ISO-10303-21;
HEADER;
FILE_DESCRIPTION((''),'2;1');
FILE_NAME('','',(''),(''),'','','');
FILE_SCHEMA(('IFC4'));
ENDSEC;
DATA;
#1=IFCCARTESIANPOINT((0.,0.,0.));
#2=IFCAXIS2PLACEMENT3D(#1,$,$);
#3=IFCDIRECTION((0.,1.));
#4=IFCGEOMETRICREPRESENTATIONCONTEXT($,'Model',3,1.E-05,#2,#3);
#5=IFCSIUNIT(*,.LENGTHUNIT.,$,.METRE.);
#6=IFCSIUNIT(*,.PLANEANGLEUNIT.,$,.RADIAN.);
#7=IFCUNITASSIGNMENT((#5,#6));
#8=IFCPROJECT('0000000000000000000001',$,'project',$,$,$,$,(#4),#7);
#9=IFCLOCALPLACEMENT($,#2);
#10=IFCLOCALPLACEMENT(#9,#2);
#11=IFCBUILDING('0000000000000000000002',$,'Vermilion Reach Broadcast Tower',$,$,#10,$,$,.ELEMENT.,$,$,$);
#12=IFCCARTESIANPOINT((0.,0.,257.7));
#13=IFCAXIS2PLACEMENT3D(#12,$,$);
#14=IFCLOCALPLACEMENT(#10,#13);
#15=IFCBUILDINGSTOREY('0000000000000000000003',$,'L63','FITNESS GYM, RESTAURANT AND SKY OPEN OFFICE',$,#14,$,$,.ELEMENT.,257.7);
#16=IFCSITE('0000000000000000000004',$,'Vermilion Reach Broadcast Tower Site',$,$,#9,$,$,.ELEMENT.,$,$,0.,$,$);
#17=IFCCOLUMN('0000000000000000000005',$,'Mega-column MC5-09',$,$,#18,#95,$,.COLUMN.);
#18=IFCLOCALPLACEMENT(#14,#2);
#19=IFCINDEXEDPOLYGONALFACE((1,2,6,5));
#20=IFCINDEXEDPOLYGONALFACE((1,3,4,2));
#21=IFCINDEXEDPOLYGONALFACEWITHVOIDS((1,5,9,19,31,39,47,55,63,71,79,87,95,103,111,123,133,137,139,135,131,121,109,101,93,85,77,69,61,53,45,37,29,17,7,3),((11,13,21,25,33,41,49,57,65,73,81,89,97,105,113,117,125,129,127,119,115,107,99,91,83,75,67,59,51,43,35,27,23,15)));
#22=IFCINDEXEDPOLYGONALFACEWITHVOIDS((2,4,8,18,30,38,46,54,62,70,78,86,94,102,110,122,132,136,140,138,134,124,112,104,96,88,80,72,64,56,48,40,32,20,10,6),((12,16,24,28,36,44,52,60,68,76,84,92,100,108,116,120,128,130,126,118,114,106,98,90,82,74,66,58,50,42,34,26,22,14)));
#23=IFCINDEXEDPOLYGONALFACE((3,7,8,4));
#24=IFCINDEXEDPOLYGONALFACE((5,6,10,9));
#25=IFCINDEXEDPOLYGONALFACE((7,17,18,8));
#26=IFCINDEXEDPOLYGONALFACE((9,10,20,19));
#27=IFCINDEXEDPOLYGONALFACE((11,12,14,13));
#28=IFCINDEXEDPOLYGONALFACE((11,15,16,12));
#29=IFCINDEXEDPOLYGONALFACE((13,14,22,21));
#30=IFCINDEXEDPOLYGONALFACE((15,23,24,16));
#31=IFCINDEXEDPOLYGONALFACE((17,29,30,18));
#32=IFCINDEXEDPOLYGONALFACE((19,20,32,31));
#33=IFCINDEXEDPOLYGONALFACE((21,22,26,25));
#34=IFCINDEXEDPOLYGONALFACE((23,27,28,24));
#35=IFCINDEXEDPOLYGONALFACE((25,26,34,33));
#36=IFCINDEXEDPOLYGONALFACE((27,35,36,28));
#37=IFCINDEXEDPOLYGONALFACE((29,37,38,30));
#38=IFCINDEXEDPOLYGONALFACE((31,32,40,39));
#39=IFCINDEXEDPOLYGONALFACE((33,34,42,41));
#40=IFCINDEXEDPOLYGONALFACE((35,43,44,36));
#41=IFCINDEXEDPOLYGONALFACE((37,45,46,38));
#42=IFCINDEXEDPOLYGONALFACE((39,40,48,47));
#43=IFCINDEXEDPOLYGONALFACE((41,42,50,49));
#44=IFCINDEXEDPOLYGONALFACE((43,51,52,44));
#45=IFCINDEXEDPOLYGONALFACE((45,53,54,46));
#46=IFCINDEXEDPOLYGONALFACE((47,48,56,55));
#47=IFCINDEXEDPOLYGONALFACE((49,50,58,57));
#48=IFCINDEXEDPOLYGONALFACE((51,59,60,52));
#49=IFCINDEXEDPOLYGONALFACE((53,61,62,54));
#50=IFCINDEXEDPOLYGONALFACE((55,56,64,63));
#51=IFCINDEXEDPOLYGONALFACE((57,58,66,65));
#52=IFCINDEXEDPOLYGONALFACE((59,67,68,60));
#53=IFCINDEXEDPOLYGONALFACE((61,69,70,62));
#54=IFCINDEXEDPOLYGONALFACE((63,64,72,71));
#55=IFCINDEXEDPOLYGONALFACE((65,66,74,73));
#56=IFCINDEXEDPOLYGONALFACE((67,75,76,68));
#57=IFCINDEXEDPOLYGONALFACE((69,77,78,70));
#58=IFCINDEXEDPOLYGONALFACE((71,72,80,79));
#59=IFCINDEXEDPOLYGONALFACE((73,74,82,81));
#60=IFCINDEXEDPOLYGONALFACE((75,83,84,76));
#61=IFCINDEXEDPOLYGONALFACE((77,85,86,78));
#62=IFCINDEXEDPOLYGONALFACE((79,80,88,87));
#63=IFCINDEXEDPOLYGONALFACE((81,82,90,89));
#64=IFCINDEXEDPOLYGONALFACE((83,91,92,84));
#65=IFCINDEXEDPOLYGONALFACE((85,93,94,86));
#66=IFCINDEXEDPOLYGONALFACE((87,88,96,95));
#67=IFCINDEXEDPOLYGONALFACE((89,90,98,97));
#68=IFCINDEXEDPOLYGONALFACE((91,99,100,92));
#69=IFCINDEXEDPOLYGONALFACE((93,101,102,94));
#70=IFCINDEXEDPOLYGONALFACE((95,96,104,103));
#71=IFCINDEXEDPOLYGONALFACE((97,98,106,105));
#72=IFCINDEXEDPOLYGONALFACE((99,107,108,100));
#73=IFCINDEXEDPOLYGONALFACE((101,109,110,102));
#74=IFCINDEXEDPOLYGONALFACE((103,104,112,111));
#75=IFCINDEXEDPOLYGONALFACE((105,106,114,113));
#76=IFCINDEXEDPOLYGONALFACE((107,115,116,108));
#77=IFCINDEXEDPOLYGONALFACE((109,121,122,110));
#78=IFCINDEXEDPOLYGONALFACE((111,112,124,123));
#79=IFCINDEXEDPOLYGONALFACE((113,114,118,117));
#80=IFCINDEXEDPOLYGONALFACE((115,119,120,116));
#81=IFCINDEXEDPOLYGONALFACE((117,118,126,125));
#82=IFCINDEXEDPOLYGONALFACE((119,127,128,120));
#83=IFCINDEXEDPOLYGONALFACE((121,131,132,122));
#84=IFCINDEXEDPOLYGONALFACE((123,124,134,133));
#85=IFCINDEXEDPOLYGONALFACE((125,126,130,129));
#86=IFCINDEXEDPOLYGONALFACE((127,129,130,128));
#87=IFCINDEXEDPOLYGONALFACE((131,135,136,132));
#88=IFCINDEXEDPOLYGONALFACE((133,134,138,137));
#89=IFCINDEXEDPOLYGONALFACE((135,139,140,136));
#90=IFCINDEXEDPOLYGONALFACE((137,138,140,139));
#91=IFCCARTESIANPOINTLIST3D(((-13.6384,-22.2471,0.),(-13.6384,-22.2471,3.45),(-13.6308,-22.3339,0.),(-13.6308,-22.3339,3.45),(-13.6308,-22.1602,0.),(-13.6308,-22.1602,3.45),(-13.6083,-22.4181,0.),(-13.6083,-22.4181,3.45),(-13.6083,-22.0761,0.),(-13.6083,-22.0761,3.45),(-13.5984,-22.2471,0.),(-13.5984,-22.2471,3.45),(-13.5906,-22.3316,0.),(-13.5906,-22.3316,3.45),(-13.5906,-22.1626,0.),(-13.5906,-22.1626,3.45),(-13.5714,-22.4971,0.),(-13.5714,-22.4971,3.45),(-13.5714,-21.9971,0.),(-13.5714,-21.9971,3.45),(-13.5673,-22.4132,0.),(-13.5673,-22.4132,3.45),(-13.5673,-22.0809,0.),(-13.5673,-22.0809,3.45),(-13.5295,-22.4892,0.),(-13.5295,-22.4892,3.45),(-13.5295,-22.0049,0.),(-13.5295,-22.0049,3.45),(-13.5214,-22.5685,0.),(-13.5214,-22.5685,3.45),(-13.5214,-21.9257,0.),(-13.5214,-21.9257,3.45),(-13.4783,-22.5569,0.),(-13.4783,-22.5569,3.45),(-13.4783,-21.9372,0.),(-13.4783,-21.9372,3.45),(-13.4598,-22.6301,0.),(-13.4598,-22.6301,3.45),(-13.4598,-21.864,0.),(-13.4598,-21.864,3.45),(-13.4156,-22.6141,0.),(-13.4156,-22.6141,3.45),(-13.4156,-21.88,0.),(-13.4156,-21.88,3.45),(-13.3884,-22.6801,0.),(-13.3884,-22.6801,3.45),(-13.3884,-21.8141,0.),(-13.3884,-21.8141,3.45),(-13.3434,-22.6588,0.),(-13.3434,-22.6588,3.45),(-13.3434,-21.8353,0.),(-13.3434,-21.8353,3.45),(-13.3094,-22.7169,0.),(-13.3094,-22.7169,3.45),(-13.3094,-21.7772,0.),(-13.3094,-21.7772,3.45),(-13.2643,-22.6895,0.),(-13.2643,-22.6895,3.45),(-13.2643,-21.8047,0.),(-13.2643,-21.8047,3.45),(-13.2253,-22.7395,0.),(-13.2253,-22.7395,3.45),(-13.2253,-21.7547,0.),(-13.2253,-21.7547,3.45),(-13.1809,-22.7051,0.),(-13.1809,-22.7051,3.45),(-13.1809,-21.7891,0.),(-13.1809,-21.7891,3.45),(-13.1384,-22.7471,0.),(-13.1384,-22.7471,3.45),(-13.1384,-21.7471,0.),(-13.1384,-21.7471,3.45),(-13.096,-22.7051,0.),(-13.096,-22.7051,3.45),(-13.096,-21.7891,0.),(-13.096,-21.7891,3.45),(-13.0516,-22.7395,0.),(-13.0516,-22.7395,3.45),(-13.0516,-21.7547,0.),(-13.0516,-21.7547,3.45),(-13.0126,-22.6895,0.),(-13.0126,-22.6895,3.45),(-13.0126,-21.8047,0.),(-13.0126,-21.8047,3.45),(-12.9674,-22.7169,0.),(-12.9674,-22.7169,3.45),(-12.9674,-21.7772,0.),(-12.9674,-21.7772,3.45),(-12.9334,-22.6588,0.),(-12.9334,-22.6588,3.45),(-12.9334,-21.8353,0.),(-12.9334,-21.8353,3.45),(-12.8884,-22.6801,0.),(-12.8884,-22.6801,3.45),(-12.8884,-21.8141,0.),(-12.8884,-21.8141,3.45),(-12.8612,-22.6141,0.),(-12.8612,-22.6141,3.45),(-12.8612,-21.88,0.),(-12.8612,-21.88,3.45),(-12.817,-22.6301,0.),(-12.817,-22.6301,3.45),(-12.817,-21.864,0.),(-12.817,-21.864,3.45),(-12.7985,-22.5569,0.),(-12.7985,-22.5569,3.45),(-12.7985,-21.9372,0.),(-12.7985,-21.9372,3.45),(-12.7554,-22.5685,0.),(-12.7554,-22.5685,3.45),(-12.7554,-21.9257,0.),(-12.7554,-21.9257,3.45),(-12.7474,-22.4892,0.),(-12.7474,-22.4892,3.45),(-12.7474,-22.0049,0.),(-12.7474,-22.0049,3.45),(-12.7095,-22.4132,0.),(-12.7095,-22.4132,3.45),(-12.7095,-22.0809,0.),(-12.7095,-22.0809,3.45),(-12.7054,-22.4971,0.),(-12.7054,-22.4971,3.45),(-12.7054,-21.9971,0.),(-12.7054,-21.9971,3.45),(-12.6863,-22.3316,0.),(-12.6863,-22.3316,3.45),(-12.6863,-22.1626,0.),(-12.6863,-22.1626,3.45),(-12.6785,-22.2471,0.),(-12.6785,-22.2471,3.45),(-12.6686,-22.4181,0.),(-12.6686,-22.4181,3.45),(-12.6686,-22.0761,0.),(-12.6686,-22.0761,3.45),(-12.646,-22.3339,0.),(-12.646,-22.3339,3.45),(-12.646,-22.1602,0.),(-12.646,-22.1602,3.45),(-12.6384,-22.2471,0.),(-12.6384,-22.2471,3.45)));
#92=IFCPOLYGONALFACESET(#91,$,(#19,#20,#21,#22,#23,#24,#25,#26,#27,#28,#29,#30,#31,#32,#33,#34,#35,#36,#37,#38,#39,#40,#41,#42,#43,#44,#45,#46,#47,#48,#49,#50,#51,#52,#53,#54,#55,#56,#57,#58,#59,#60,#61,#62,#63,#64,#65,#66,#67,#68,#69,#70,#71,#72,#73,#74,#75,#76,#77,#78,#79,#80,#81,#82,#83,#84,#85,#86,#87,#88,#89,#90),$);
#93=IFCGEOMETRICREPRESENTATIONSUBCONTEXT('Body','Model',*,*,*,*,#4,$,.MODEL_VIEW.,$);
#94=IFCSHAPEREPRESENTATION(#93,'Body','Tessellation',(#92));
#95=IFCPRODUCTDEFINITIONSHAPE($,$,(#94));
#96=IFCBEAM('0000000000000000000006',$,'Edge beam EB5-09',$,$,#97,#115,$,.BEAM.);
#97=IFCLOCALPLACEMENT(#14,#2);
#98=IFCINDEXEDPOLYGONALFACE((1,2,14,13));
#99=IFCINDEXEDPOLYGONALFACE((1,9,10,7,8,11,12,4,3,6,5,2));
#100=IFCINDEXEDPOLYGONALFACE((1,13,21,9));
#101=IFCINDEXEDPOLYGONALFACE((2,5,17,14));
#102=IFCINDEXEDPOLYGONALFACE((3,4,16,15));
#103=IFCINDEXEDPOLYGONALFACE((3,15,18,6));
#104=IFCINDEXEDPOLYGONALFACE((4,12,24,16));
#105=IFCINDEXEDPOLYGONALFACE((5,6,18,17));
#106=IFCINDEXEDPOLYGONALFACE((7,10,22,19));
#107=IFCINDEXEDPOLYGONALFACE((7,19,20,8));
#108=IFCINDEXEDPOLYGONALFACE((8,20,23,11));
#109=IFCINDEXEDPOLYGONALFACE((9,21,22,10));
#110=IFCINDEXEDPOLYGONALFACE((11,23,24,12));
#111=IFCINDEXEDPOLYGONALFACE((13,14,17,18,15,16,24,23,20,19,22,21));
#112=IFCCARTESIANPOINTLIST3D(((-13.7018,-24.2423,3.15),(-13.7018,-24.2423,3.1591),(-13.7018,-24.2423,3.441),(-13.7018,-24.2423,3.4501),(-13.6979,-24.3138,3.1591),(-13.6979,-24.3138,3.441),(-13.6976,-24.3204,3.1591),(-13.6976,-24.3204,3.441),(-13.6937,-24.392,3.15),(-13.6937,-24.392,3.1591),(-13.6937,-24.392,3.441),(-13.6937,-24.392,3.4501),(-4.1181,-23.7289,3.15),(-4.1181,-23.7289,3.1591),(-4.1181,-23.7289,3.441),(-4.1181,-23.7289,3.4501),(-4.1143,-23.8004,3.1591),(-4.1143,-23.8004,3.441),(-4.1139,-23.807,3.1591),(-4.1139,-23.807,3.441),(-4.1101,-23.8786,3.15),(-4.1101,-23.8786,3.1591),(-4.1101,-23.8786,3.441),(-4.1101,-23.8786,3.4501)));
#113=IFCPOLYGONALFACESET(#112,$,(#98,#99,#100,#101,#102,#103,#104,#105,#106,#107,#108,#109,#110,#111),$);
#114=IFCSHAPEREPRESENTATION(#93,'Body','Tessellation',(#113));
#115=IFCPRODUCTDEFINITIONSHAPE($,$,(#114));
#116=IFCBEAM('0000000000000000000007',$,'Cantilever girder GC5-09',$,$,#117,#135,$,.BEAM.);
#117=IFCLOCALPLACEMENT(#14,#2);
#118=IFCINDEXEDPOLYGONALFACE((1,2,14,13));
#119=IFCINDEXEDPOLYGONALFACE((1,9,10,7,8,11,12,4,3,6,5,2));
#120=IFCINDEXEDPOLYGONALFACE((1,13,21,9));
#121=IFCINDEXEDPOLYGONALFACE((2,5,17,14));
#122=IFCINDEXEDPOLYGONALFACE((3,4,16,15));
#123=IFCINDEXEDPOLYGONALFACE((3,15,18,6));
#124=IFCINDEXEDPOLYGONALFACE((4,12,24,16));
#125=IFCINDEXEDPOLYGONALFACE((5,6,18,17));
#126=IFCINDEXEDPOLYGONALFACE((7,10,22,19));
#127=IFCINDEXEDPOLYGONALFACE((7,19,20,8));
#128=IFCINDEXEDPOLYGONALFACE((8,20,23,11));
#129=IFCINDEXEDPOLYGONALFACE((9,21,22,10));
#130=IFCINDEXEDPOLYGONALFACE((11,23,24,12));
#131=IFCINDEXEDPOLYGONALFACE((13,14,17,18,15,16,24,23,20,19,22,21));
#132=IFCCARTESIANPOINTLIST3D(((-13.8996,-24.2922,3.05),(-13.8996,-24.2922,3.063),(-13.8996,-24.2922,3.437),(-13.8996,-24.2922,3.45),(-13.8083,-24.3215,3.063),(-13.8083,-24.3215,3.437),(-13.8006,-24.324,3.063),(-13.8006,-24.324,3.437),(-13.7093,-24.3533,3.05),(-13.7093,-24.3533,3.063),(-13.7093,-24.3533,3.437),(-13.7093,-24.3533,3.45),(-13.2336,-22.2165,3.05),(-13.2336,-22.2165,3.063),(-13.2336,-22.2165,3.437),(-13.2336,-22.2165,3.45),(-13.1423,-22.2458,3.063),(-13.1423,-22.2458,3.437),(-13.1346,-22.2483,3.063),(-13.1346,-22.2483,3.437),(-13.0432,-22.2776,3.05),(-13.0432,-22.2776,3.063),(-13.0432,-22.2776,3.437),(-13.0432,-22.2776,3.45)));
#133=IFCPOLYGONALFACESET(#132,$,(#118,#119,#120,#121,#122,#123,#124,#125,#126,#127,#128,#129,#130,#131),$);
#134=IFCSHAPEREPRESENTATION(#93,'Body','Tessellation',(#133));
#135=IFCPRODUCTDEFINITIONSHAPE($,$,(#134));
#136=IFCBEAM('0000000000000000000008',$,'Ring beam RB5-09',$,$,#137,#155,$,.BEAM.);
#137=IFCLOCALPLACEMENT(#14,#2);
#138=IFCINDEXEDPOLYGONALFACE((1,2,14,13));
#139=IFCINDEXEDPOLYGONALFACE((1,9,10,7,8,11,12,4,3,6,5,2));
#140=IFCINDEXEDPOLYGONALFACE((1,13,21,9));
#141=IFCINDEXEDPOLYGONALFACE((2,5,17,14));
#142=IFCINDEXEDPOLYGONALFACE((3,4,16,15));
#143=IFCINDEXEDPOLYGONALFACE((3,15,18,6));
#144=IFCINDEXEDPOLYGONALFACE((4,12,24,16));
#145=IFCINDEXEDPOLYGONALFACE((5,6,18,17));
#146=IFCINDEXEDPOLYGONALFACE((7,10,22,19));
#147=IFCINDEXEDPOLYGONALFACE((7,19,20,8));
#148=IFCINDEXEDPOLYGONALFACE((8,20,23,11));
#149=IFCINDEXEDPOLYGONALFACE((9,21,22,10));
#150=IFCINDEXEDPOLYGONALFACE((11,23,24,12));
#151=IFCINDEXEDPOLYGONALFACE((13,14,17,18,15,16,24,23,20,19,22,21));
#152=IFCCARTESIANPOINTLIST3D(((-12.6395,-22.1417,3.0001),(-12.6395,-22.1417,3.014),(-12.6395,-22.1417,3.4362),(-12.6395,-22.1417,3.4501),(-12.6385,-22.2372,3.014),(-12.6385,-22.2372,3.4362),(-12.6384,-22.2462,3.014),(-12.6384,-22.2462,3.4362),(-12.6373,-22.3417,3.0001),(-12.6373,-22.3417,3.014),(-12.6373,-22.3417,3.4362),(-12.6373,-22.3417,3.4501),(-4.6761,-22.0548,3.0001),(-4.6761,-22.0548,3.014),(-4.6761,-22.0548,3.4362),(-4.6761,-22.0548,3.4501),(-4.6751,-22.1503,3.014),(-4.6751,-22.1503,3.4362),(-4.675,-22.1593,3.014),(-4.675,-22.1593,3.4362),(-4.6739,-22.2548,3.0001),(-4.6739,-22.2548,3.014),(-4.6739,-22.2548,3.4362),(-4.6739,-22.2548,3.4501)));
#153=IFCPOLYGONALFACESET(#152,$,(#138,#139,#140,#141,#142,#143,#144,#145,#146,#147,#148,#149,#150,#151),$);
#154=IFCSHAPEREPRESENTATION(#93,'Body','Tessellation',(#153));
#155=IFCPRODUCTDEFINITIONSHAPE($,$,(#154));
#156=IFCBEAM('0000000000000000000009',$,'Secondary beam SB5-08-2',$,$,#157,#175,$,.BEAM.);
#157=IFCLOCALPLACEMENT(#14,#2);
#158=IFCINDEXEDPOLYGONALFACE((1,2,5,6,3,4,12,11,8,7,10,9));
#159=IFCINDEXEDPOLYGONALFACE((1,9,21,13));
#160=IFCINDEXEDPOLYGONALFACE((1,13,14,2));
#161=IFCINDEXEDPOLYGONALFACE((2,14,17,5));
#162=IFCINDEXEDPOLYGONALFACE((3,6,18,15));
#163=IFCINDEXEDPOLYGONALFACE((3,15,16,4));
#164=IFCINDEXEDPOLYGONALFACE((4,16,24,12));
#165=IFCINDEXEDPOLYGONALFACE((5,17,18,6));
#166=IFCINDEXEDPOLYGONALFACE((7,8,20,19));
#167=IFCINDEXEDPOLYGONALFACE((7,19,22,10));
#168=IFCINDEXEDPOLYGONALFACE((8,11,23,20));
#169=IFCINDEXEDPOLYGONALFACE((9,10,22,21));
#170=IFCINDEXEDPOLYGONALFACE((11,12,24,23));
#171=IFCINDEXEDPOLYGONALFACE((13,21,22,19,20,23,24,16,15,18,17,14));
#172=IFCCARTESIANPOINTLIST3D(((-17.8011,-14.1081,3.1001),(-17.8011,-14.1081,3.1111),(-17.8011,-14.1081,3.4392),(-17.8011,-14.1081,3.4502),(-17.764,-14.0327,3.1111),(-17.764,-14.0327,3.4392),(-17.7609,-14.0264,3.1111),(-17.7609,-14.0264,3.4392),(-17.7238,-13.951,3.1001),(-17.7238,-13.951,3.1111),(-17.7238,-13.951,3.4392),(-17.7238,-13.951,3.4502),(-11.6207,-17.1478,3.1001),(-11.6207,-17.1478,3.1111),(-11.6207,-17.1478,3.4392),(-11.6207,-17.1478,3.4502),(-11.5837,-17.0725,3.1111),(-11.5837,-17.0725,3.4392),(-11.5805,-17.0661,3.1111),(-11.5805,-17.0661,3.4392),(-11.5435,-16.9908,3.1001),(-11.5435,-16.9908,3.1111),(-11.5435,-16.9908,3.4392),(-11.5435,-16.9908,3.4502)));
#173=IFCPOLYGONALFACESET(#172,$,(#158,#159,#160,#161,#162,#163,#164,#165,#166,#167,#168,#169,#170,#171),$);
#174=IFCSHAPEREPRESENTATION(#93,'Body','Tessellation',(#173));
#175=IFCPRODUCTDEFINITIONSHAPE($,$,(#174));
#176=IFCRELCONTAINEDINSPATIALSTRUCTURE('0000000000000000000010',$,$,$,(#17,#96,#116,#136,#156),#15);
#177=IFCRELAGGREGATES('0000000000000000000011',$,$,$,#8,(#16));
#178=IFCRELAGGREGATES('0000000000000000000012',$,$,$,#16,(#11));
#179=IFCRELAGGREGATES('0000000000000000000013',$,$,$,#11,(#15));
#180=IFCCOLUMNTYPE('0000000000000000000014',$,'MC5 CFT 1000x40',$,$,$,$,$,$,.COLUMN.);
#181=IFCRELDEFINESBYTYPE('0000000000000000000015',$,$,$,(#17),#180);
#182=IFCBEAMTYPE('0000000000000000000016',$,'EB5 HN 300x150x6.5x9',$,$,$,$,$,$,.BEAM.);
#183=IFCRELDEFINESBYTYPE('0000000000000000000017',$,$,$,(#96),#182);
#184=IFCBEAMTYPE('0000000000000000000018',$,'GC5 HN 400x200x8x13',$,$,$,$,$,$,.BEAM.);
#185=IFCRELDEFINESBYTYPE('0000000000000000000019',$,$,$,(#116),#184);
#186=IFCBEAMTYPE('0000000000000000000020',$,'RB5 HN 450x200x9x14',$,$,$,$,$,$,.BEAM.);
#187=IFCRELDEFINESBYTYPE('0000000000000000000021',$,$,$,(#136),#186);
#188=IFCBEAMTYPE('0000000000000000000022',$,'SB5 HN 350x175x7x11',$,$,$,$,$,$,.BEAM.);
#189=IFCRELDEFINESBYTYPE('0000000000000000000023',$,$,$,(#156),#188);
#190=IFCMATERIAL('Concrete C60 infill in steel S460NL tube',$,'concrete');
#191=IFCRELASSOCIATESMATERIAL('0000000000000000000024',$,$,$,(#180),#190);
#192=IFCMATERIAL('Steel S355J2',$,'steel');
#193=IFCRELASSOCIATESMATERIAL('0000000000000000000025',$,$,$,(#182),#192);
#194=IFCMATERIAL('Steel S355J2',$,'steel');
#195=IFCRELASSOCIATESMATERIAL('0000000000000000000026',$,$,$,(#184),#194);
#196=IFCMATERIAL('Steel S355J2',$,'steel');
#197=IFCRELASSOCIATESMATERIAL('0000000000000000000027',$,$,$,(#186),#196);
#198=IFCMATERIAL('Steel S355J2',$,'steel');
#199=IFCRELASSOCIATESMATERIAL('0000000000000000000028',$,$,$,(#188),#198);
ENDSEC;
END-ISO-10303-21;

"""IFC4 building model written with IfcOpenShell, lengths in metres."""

from ifc_helpers import new_model, si_unit, direction, frame, origin, origin_2d, place, context, subcontext, project, spatial, hollow_circle, i_section, extrude, material, material_profile, profile_set, type_object, element, save


model = new_model("IFC4")

# Units and contexts
model_context = context("Model", 3, precision=1e-05, world=origin(), true_north=direction((0.0, 1.0)))
body_context = subcontext(model_context, "Body", "Model", "MODEL_VIEW")
ifc_project = project(units=[si_unit("LENGTHUNIT", "METRE"), si_unit("PLANEANGLEUNIT", "RADIAN")], contexts=[model_context])

# Site, building, storey
site_placement = place(None, origin())
site = spatial("IfcSite", under=ifc_project, at=site_placement, Name="Vermilion Reach Broadcast Tower Site", CompositionType="ELEMENT", RefElevation=0.0)
building_placement = place(site_placement, origin())
building = spatial("IfcBuilding", under=site, at=building_placement, Name="Vermilion Reach Broadcast Tower", CompositionType="ELEMENT")
storey_placement = place(building_placement, frame((0.0, 0.0, 257.7)))
storey = spatial("IfcBuildingStorey", under=building, at=storey_placement, Name="L63", Description="FITNESS GYM, RESTAURANT AND SKY OPEN OFFICE", CompositionType="ELEMENT", Elevation=257.7)

# Column
ifc_material_1 = material(Name="Concrete C60 infill in steel S460NL tube", Category="concrete")
ifc_material_profile_1 = material_profile(ifc_material_1, hollow_circle(Radius=0.5, WallThickness=0.04, at=origin_2d()), Name="Concrete C60 infill in steel S460NL tube CFT 1000x40")
ifc_profile_set_1 = profile_set([ifc_material_profile_1], Name="Concrete C60 infill in steel S460NL tube")
column_type = type_object("IfcColumnType", Name="MC5 CFT 1000x40", PredefinedType="COLUMN", material=ifc_profile_set_1)
column_placement = place(storey_placement, frame((-13.1384, -22.2471, 0.0), z_axis=(0.0, 0.0, 1.0), x_axis=(1.0, 0.0, 0.0)))
element("IfcColumn", 1, at=column_placement, inside=storey, type_object=column_type, Name="Mega-column MC5-09", PredefinedType="COLUMN", context=body_context, shape_type="SweptSolid", body=[
    extrude(hollow_circle(Radius=0.5, WallThickness=0.04, at=origin_2d()), origin(), (0.0, 0.0, 1.0), 3.45),
])

# Beams
ifc_material_2 = material(Name="Steel S355J2", Category="steel")
ifc_material_profile_2 = material_profile(ifc_material_2, i_section(OverallWidth=0.1499, OverallDepth=0.3, WebThickness=0.0066, FlangeThickness=0.009, at=origin_2d()), Name="S355J2 HN 300x150x6.5x9")
ifc_profile_set_2 = profile_set([ifc_material_profile_2], Name="Steel S355J2")
beam_type_1 = type_object("IfcBeamType", Name="EB5 HN 300x150x6.5x9", PredefinedType="BEAM", material=ifc_profile_set_2)
beam_1_placement = place(storey_placement, frame((-13.6978, -24.3171, 3.3), z_axis=(0.998568, 0.053496, 0.0), x_axis=(-0.053496, 0.998568, 0.0)))
element("IfcBeam", 2, at=beam_1_placement, inside=storey, type_object=beam_type_1, Name="Edge beam EB5-09", PredefinedType="BEAM", context=body_context, shape_type="SweptSolid", body=[
    extrude(i_section(OverallWidth=0.1499, OverallDepth=0.3, WebThickness=0.0066, FlangeThickness=0.009, at=origin_2d()), origin(), (0.0, 0.0, 1.0), 9.5974),
])
ifc_material_3 = material(Name="Steel S355J2", Category="steel")
ifc_material_profile_3 = material_profile(ifc_material_3, i_section(OverallWidth=0.2, OverallDepth=0.3999, WebThickness=0.0081, FlangeThickness=0.0129, at=origin_2d()), Name="S355J2 HN 400x200x8x13")
ifc_profile_set_3 = profile_set([ifc_material_profile_3], Name="Steel S355J2")
beam_type_2 = type_object("IfcBeamType", Name="GC5 HN 400x200x8x13", PredefinedType="BEAM", material=ifc_profile_set_3)
beam_2_placement = place(storey_placement, frame((-13.1384, -22.2471, 3.25), z_axis=(-0.305523, -0.952185, 0.0), x_axis=(0.952185, -0.305523, 0.0)))
element("IfcBeam", 3, at=beam_2_placement, inside=storey, type_object=beam_type_2, Name="Cantilever girder GC5-09", PredefinedType="BEAM", context=body_context, shape_type="SweptSolid", body=[
    extrude(i_section(OverallWidth=0.2, OverallDepth=0.3999, WebThickness=0.0081, FlangeThickness=0.0129, at=origin_2d()), origin(), (0.0, 0.0, 1.0), 2.1799),
])
ifc_material_4 = material(Name="Steel S355J2", Category="steel")
ifc_material_profile_4 = material_profile(ifc_material_4, i_section(OverallWidth=0.2, OverallDepth=0.45, WebThickness=0.009, FlangeThickness=0.0139, at=origin_2d()), Name="S355J2 HN 450x200x9x14")
ifc_profile_set_4 = profile_set([ifc_material_profile_4], Name="Steel S355J2")
beam_type_3 = type_object("IfcBeamType", Name="RB5 HN 450x200x9x14", PredefinedType="BEAM", material=ifc_profile_set_4)
beam_3_placement = place(storey_placement, frame((-12.6384, -22.2417, 3.2251), z_axis=(0.99994, 0.010914, 0.0), x_axis=(-0.010914, 0.99994, 0.0)))
element("IfcBeam", 4, at=beam_3_placement, inside=storey, type_object=beam_type_3, Name="Ring beam RB5-09", PredefinedType="BEAM", context=body_context, shape_type="SweptSolid", body=[
    extrude(i_section(OverallWidth=0.2, OverallDepth=0.45, WebThickness=0.009, FlangeThickness=0.0139, at=origin_2d()), origin(), (0.0, 0.0, 1.0), 7.9639),
])
ifc_material_5 = material(Name="Steel S355J2", Category="steel")
ifc_material_profile_5 = material_profile(ifc_material_5, i_section(OverallWidth=0.175, OverallDepth=0.3501, WebThickness=0.0071, FlangeThickness=0.011, at=origin_2d()), Name="S355J2 HN 350x175x7x11")
ifc_profile_set_5 = profile_set([ifc_material_profile_5], Name="Steel S355J2")
beam_type_4 = type_object("IfcBeamType", Name="SB5 HN 350x175x7x11", PredefinedType="BEAM", material=ifc_profile_set_5)
beam_4_placement = place(storey_placement, frame((-17.7625, -14.0295, 3.2751), z_axis=(0.897336, -0.441348, 0.0), x_axis=(0.441348, 0.897336, 0.0)))
element("IfcBeam", 5, at=beam_4_placement, inside=storey, type_object=beam_type_4, Name="Secondary beam SB5-08-2", PredefinedType="BEAM", context=body_context, shape_type="SweptSolid", body=[
    extrude(i_section(OverallWidth=0.175, OverallDepth=0.3501, WebThickness=0.0071, FlangeThickness=0.011, at=origin_2d()), origin(), (0.0, 0.0, 1.0), 6.8875),
])

save(model, "model.ifc")
